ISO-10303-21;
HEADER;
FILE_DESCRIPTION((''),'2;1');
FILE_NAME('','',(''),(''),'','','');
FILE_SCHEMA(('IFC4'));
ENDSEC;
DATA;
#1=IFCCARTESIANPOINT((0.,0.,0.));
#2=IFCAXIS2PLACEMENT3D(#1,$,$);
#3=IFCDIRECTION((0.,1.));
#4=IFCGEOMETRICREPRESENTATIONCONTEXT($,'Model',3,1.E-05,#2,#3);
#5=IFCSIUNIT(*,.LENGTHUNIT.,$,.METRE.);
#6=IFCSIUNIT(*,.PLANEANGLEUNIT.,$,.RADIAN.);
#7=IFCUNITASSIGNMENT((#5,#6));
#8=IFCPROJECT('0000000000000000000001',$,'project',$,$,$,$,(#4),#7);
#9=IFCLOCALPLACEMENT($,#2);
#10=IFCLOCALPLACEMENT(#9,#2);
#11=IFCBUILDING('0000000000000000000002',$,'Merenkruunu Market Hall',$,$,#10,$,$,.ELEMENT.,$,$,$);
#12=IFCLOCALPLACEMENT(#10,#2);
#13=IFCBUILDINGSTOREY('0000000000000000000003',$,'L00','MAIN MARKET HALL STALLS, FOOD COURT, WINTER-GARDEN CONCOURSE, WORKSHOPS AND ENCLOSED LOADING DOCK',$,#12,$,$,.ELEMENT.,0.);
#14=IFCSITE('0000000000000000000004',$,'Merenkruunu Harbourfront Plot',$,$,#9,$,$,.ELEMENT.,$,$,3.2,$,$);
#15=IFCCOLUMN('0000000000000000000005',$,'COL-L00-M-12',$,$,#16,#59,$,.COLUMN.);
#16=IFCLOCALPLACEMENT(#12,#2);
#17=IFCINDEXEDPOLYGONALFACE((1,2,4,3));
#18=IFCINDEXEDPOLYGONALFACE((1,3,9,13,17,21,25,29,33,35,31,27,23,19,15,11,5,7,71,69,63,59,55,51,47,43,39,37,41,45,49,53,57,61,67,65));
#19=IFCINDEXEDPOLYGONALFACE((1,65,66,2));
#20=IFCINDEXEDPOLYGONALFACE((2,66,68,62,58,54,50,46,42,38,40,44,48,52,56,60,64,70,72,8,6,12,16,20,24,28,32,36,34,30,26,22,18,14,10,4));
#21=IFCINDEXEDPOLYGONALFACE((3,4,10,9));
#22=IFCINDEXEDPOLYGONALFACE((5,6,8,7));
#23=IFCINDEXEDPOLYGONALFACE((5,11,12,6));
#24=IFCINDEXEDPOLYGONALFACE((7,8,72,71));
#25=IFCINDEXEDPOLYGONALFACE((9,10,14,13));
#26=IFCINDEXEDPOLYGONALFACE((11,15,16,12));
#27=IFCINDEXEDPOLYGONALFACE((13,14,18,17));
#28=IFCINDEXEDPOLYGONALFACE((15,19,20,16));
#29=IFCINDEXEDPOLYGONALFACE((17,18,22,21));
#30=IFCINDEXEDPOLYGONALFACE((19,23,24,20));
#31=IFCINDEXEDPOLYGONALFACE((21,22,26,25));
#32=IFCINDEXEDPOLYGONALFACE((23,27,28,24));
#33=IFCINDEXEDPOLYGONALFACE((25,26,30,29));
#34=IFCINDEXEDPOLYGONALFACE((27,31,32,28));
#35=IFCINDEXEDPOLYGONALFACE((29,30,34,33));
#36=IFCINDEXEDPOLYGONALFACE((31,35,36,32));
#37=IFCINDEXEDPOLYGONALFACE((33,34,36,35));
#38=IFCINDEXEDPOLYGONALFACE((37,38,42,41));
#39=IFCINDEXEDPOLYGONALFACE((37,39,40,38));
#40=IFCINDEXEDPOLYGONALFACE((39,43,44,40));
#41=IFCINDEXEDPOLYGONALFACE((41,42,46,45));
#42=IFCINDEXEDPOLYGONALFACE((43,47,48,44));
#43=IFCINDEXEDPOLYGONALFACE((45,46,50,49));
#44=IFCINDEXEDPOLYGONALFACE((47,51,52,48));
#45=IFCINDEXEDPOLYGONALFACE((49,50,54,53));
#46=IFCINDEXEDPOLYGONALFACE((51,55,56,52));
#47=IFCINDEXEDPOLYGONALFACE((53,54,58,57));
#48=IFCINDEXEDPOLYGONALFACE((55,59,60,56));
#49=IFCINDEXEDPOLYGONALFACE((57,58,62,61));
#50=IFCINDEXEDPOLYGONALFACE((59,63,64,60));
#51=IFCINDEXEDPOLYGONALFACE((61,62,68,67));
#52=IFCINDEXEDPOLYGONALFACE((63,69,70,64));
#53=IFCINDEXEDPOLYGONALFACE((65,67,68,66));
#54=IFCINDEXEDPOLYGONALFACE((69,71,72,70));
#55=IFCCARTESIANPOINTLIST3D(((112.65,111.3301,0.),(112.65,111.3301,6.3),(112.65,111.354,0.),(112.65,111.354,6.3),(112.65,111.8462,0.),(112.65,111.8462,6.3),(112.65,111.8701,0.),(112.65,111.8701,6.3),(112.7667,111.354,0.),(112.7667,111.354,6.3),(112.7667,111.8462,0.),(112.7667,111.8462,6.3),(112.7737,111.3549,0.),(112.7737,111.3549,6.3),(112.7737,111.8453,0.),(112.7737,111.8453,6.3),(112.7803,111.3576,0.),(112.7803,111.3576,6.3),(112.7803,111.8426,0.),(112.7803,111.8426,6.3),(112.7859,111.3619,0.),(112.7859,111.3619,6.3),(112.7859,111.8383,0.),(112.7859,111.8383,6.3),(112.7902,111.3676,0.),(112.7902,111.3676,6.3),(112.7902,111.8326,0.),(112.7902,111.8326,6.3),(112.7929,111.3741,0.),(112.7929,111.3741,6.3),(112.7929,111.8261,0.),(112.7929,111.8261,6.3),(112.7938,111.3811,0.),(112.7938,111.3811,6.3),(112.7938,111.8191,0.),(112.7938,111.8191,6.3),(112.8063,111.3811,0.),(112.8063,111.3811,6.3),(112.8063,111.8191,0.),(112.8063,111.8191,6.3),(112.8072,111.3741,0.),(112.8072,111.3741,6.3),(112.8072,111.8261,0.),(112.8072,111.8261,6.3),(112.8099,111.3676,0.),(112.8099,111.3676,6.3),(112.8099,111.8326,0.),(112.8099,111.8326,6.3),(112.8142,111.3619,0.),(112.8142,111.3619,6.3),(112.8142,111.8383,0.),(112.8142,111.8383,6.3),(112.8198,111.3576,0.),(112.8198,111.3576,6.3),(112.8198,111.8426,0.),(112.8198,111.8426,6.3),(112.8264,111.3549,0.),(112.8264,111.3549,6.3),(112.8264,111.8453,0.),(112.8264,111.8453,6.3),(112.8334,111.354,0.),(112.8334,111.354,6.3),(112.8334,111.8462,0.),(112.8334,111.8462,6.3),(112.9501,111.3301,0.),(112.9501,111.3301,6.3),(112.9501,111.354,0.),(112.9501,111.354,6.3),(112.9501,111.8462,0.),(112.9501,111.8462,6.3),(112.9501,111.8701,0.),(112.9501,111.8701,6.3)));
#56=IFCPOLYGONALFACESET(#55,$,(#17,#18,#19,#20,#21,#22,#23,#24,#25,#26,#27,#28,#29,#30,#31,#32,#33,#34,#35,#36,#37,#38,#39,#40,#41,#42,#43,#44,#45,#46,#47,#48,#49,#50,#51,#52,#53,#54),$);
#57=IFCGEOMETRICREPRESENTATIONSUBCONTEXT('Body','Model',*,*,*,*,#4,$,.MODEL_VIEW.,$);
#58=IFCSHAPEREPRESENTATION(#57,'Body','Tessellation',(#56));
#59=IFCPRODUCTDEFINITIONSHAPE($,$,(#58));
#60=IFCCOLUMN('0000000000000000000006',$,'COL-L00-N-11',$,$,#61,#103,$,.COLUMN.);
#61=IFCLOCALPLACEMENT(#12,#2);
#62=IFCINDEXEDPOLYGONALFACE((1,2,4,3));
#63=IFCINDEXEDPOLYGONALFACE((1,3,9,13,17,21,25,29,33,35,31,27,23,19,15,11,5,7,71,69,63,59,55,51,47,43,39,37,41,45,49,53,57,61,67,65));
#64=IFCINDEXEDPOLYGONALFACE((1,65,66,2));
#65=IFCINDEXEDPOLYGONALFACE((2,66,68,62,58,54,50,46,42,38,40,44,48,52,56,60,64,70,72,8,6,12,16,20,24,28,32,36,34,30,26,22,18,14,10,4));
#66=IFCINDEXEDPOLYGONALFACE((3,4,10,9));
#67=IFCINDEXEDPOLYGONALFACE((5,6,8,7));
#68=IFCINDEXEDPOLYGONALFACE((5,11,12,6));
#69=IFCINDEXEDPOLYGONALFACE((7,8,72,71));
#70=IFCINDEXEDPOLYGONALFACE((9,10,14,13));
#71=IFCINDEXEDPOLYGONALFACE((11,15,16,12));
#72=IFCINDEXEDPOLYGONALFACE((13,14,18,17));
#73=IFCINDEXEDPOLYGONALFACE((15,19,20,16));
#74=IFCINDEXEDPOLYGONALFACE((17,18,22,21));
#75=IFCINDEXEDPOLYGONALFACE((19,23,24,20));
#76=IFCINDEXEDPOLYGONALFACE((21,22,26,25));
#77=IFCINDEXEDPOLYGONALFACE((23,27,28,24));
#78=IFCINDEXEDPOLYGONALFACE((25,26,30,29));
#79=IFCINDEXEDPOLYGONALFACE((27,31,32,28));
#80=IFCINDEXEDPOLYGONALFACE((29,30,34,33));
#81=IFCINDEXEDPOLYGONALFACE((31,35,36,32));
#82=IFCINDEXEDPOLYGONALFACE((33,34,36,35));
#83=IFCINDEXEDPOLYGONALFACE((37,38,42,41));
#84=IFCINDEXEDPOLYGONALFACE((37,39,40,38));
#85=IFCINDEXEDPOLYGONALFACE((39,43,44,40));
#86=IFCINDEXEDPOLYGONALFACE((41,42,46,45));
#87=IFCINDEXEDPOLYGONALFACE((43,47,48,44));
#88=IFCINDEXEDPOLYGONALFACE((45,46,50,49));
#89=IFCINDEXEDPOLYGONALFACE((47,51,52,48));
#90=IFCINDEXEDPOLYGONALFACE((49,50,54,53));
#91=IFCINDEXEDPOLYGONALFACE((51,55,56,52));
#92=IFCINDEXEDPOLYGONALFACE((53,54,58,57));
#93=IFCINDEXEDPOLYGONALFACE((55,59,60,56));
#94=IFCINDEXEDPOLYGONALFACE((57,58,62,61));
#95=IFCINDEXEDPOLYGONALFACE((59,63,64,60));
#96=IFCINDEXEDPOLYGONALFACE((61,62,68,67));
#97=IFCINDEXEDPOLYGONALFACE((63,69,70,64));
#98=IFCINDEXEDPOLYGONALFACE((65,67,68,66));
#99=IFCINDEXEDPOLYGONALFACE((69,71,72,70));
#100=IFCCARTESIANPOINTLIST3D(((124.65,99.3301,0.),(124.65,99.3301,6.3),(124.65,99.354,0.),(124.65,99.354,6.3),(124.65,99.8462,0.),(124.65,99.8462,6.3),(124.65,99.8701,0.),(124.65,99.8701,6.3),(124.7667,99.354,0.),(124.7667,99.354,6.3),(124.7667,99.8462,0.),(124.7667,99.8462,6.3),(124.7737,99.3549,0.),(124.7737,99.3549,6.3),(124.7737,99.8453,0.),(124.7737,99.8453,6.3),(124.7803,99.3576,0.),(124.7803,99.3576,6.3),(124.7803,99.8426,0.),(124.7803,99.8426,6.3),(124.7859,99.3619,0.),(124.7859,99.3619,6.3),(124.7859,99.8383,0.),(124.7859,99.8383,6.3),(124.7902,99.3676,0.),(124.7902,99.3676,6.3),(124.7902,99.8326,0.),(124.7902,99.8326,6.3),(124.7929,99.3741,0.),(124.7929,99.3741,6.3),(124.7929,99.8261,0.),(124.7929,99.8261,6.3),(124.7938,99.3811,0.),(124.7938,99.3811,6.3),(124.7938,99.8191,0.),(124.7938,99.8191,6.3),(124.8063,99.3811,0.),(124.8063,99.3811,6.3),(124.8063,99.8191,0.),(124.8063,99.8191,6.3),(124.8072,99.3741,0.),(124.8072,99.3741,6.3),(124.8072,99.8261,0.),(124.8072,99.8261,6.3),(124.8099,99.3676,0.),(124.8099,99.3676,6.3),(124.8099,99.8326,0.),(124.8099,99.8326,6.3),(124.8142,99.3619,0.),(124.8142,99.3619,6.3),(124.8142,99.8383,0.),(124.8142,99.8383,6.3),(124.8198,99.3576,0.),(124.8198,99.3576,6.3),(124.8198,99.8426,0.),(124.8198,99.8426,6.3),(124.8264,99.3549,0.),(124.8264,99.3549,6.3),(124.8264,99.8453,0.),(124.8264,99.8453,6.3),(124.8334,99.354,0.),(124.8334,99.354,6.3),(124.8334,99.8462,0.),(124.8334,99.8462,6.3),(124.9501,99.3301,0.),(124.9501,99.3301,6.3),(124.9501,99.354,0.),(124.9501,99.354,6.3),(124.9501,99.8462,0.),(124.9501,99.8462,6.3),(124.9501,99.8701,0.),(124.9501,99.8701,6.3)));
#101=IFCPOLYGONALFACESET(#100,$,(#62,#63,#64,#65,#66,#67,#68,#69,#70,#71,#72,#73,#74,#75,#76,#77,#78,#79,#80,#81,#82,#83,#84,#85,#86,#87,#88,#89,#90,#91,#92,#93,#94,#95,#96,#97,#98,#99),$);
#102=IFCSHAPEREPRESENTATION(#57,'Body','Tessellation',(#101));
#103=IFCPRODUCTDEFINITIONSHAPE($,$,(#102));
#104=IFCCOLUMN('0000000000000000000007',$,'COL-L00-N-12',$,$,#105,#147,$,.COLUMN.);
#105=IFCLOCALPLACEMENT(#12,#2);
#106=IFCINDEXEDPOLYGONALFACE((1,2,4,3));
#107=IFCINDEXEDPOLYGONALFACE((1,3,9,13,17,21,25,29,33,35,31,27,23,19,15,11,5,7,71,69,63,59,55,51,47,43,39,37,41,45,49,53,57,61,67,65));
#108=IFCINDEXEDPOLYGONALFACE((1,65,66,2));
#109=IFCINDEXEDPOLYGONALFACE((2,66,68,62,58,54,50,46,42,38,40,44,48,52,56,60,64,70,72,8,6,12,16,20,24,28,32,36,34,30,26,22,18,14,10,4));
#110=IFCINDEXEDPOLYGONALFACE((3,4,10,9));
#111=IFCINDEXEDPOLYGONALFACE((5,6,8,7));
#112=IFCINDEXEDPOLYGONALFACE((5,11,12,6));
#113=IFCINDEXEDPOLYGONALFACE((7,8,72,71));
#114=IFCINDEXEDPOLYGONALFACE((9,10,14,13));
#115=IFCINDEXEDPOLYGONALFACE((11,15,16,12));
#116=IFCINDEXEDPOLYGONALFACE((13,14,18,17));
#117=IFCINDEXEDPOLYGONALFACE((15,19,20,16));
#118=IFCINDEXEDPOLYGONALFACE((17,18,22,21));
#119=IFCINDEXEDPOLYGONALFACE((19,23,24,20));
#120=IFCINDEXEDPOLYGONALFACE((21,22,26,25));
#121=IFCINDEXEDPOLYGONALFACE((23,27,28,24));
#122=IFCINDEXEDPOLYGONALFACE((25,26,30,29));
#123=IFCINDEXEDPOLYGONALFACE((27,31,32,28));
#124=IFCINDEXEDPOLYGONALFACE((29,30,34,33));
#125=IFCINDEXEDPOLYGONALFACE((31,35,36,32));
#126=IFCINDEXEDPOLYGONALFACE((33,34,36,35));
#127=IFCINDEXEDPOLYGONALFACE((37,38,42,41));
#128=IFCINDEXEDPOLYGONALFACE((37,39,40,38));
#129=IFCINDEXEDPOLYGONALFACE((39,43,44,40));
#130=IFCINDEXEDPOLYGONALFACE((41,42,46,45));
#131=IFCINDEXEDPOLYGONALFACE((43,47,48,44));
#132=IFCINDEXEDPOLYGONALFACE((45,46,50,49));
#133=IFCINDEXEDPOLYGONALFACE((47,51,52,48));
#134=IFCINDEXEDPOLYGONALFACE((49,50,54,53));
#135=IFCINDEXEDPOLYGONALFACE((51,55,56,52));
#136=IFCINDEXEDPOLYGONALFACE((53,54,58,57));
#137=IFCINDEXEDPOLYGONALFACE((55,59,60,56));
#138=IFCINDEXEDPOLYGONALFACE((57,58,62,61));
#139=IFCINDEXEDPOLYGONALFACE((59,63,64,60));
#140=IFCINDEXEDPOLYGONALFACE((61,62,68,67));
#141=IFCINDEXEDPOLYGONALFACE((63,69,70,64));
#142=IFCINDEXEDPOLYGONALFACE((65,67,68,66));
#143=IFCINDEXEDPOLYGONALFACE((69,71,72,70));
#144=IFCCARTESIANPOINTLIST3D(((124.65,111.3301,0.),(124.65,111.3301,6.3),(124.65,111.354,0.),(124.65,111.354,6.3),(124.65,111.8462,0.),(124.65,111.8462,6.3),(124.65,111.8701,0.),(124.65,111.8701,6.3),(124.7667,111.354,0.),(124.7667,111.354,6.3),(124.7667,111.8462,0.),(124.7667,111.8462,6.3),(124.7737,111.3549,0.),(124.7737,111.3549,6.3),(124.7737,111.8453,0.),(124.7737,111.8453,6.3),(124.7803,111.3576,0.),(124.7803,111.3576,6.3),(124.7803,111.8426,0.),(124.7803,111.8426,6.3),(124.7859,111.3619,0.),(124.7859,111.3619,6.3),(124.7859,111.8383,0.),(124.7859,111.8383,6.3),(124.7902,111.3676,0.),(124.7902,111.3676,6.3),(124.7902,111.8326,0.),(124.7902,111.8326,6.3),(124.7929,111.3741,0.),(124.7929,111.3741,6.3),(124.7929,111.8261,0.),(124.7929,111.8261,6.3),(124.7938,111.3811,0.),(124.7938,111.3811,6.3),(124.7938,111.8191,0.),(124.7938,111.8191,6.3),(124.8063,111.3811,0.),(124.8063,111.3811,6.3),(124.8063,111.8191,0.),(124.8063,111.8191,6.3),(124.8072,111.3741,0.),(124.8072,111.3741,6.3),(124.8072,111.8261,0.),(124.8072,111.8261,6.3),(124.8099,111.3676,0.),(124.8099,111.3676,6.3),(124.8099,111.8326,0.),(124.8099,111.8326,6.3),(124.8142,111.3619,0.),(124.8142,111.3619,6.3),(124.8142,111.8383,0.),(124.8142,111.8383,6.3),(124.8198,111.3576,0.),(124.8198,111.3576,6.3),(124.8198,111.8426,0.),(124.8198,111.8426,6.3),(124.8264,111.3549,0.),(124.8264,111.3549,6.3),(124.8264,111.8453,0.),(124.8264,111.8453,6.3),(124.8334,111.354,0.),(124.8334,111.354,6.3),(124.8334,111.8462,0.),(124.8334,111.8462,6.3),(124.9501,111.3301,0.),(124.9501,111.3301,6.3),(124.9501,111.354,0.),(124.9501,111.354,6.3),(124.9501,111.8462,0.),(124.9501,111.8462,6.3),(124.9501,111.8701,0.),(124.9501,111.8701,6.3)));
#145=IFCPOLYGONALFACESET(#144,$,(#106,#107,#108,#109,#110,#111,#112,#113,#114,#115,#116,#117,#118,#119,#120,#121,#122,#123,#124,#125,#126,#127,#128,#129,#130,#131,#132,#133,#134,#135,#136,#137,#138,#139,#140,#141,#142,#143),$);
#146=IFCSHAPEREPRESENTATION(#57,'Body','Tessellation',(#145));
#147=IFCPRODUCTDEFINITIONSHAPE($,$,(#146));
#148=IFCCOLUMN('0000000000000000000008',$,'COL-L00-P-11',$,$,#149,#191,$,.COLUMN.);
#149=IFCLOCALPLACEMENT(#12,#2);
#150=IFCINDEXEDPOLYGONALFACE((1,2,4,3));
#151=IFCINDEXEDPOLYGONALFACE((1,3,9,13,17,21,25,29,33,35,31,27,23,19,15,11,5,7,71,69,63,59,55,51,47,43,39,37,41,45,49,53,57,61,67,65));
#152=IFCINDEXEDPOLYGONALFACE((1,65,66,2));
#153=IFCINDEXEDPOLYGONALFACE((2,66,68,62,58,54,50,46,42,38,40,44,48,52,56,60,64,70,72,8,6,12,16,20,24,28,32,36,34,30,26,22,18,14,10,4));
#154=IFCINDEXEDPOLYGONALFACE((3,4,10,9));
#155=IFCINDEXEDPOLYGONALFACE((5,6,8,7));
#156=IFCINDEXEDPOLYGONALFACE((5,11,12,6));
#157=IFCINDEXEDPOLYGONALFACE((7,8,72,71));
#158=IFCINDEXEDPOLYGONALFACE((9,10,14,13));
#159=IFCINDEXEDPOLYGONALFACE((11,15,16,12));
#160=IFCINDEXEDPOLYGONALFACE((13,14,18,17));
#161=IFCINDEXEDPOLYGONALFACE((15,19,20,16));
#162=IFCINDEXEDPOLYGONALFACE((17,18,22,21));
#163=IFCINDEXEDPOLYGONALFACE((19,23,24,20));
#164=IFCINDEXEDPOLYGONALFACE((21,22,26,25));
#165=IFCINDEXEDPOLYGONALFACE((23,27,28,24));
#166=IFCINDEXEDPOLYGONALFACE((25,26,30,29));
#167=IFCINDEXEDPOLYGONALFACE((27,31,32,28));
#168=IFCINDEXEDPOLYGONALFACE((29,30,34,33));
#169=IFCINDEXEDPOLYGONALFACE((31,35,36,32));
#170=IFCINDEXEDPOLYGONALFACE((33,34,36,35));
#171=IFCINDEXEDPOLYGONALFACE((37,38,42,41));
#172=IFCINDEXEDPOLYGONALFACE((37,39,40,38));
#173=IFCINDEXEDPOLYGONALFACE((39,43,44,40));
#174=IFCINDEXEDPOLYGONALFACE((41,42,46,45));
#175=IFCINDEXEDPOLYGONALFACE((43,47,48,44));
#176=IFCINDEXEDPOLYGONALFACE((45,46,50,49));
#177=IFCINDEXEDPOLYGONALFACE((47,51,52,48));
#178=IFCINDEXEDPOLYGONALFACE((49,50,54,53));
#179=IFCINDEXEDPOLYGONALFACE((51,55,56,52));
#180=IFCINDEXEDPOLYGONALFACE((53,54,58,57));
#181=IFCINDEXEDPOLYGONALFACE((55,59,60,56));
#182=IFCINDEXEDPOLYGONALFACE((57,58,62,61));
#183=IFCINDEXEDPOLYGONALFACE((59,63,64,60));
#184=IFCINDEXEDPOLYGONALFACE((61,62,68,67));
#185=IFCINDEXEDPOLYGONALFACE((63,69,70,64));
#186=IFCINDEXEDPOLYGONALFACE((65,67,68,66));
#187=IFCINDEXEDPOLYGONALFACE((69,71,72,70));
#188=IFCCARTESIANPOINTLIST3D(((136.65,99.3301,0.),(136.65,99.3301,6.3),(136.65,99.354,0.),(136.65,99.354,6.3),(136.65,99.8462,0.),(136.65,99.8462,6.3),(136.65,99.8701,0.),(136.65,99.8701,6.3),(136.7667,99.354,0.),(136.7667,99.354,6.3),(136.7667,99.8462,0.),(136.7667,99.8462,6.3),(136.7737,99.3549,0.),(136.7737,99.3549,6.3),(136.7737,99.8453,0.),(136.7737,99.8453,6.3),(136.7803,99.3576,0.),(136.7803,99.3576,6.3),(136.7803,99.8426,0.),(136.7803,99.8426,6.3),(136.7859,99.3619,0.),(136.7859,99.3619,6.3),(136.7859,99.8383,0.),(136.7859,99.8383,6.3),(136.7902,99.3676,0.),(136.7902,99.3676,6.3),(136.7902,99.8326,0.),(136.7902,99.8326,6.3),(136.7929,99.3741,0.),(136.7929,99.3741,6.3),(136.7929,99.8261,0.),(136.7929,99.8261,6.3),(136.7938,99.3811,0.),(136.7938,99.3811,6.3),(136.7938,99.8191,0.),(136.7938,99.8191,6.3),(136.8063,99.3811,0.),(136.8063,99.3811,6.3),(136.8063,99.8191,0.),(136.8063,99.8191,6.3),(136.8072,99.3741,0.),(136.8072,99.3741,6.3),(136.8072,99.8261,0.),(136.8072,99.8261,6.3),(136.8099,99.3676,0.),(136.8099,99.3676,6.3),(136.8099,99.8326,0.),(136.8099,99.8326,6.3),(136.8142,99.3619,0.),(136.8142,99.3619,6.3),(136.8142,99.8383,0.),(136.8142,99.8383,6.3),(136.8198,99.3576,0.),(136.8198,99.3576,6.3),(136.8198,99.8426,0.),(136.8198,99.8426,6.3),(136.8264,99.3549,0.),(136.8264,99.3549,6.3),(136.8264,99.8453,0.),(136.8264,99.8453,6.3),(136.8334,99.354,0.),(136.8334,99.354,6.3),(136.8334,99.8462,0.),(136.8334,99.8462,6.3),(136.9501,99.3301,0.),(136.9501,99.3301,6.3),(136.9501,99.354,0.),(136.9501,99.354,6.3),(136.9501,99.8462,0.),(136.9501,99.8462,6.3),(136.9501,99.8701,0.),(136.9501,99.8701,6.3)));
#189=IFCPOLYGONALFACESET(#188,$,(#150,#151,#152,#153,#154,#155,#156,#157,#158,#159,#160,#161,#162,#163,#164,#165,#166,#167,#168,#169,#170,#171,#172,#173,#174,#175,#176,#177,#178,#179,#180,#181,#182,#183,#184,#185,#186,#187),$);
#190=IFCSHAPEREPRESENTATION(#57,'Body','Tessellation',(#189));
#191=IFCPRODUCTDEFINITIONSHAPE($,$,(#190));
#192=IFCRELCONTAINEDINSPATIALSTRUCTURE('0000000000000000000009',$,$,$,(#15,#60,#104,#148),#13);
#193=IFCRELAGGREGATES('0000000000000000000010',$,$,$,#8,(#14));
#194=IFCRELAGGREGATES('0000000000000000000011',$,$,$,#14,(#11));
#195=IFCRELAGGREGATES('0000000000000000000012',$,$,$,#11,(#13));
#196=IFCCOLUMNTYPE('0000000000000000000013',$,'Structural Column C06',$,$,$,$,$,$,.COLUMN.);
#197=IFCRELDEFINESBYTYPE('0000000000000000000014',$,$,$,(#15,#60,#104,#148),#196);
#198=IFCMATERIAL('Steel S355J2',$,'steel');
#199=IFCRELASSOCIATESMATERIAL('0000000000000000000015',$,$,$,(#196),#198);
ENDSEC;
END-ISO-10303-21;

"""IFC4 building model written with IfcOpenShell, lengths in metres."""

from ifc_helpers import new_model, si_unit, direction, frame, origin, origin_2d, place, context, subcontext, project, spatial, i_section, extrude, material, material_profile, profile_set, type_object, element, save


model = new_model("IFC4")

# Units and contexts
model_context = context("Model", 3, precision=1e-05, world=origin(), true_north=direction((0.0, 1.0)))
body_context = subcontext(model_context, "Body", "Model", "MODEL_VIEW")
ifc_project = project(units=[si_unit("LENGTHUNIT", "METRE"), si_unit("PLANEANGLEUNIT", "RADIAN")], contexts=[model_context])

# Site, building, storey
site_placement = place(None, origin())
site = spatial("IfcSite", under=ifc_project, at=site_placement, Name="Merenkruunu Harbourfront Plot", CompositionType="ELEMENT", RefElevation=3.2)
building_placement = place(site_placement, origin())
building = spatial("IfcBuilding", under=site, at=building_placement, Name="Merenkruunu Market Hall", CompositionType="ELEMENT")
storey_placement = place(building_placement, origin())
storey = spatial("IfcBuildingStorey", under=building, at=storey_placement, Name="L00", Description="MAIN MARKET HALL STALLS, FOOD COURT, WINTER-GARDEN CONCOURSE, WORKSHOPS AND ENCLOSED LOADING DOCK", CompositionType="ELEMENT", Elevation=0.0)

# Columns
ifc_material_1 = material(Name="Steel S355J2", Category="steel")
ifc_material_profile_1 = material_profile(ifc_material_1, i_section(OverallWidth=0.3, OverallDepth=0.54, WebThickness=0.0125, FlangeThickness=0.0239, FilletRadius=0.0271, at=origin_2d()), Name="HEA 550")
ifc_profile_set_1 = profile_set([ifc_material_profile_1], Name="Steel S355J2")
column_type = type_object("IfcColumnType", Name="Structural Column C06", PredefinedType="COLUMN", material=ifc_profile_set_1)
for number, where, z_axis, x_axis, name in (
    (1, (112.8, 111.6001, 0.0), (0.0, 0.0, 1.0), (1.0, 0.0, 0.0), "COL-L00-M-12"),
    (2, (124.8, 99.6001, 0.0), (0.0, 0.0, 1.0), (1.0, 0.0, 0.0), "COL-L00-N-11"),
    (3, (124.8, 111.6001, 0.0), (0.0, 0.0, 1.0), (1.0, 0.0, 0.0), "COL-L00-N-12"),
    (4, (136.8, 99.6001, 0.0), (0.0, 0.0, 1.0), (1.0, 0.0, 0.0), "COL-L00-P-11"),
):
    element("IfcColumn", number, at=place(storey_placement, frame(where, z_axis=z_axis, x_axis=x_axis)), inside=storey, type_object=column_type, Name=name, PredefinedType="COLUMN", context=body_context, shape_type="SweptSolid", body=[
        extrude(i_section(OverallWidth=0.3, OverallDepth=0.54, WebThickness=0.0125, FlangeThickness=0.0239, FilletRadius=0.0271, at=origin_2d()), origin(), (0.0, 0.0, 1.0), 6.3),
    ])

save(model, "model.ifc")
